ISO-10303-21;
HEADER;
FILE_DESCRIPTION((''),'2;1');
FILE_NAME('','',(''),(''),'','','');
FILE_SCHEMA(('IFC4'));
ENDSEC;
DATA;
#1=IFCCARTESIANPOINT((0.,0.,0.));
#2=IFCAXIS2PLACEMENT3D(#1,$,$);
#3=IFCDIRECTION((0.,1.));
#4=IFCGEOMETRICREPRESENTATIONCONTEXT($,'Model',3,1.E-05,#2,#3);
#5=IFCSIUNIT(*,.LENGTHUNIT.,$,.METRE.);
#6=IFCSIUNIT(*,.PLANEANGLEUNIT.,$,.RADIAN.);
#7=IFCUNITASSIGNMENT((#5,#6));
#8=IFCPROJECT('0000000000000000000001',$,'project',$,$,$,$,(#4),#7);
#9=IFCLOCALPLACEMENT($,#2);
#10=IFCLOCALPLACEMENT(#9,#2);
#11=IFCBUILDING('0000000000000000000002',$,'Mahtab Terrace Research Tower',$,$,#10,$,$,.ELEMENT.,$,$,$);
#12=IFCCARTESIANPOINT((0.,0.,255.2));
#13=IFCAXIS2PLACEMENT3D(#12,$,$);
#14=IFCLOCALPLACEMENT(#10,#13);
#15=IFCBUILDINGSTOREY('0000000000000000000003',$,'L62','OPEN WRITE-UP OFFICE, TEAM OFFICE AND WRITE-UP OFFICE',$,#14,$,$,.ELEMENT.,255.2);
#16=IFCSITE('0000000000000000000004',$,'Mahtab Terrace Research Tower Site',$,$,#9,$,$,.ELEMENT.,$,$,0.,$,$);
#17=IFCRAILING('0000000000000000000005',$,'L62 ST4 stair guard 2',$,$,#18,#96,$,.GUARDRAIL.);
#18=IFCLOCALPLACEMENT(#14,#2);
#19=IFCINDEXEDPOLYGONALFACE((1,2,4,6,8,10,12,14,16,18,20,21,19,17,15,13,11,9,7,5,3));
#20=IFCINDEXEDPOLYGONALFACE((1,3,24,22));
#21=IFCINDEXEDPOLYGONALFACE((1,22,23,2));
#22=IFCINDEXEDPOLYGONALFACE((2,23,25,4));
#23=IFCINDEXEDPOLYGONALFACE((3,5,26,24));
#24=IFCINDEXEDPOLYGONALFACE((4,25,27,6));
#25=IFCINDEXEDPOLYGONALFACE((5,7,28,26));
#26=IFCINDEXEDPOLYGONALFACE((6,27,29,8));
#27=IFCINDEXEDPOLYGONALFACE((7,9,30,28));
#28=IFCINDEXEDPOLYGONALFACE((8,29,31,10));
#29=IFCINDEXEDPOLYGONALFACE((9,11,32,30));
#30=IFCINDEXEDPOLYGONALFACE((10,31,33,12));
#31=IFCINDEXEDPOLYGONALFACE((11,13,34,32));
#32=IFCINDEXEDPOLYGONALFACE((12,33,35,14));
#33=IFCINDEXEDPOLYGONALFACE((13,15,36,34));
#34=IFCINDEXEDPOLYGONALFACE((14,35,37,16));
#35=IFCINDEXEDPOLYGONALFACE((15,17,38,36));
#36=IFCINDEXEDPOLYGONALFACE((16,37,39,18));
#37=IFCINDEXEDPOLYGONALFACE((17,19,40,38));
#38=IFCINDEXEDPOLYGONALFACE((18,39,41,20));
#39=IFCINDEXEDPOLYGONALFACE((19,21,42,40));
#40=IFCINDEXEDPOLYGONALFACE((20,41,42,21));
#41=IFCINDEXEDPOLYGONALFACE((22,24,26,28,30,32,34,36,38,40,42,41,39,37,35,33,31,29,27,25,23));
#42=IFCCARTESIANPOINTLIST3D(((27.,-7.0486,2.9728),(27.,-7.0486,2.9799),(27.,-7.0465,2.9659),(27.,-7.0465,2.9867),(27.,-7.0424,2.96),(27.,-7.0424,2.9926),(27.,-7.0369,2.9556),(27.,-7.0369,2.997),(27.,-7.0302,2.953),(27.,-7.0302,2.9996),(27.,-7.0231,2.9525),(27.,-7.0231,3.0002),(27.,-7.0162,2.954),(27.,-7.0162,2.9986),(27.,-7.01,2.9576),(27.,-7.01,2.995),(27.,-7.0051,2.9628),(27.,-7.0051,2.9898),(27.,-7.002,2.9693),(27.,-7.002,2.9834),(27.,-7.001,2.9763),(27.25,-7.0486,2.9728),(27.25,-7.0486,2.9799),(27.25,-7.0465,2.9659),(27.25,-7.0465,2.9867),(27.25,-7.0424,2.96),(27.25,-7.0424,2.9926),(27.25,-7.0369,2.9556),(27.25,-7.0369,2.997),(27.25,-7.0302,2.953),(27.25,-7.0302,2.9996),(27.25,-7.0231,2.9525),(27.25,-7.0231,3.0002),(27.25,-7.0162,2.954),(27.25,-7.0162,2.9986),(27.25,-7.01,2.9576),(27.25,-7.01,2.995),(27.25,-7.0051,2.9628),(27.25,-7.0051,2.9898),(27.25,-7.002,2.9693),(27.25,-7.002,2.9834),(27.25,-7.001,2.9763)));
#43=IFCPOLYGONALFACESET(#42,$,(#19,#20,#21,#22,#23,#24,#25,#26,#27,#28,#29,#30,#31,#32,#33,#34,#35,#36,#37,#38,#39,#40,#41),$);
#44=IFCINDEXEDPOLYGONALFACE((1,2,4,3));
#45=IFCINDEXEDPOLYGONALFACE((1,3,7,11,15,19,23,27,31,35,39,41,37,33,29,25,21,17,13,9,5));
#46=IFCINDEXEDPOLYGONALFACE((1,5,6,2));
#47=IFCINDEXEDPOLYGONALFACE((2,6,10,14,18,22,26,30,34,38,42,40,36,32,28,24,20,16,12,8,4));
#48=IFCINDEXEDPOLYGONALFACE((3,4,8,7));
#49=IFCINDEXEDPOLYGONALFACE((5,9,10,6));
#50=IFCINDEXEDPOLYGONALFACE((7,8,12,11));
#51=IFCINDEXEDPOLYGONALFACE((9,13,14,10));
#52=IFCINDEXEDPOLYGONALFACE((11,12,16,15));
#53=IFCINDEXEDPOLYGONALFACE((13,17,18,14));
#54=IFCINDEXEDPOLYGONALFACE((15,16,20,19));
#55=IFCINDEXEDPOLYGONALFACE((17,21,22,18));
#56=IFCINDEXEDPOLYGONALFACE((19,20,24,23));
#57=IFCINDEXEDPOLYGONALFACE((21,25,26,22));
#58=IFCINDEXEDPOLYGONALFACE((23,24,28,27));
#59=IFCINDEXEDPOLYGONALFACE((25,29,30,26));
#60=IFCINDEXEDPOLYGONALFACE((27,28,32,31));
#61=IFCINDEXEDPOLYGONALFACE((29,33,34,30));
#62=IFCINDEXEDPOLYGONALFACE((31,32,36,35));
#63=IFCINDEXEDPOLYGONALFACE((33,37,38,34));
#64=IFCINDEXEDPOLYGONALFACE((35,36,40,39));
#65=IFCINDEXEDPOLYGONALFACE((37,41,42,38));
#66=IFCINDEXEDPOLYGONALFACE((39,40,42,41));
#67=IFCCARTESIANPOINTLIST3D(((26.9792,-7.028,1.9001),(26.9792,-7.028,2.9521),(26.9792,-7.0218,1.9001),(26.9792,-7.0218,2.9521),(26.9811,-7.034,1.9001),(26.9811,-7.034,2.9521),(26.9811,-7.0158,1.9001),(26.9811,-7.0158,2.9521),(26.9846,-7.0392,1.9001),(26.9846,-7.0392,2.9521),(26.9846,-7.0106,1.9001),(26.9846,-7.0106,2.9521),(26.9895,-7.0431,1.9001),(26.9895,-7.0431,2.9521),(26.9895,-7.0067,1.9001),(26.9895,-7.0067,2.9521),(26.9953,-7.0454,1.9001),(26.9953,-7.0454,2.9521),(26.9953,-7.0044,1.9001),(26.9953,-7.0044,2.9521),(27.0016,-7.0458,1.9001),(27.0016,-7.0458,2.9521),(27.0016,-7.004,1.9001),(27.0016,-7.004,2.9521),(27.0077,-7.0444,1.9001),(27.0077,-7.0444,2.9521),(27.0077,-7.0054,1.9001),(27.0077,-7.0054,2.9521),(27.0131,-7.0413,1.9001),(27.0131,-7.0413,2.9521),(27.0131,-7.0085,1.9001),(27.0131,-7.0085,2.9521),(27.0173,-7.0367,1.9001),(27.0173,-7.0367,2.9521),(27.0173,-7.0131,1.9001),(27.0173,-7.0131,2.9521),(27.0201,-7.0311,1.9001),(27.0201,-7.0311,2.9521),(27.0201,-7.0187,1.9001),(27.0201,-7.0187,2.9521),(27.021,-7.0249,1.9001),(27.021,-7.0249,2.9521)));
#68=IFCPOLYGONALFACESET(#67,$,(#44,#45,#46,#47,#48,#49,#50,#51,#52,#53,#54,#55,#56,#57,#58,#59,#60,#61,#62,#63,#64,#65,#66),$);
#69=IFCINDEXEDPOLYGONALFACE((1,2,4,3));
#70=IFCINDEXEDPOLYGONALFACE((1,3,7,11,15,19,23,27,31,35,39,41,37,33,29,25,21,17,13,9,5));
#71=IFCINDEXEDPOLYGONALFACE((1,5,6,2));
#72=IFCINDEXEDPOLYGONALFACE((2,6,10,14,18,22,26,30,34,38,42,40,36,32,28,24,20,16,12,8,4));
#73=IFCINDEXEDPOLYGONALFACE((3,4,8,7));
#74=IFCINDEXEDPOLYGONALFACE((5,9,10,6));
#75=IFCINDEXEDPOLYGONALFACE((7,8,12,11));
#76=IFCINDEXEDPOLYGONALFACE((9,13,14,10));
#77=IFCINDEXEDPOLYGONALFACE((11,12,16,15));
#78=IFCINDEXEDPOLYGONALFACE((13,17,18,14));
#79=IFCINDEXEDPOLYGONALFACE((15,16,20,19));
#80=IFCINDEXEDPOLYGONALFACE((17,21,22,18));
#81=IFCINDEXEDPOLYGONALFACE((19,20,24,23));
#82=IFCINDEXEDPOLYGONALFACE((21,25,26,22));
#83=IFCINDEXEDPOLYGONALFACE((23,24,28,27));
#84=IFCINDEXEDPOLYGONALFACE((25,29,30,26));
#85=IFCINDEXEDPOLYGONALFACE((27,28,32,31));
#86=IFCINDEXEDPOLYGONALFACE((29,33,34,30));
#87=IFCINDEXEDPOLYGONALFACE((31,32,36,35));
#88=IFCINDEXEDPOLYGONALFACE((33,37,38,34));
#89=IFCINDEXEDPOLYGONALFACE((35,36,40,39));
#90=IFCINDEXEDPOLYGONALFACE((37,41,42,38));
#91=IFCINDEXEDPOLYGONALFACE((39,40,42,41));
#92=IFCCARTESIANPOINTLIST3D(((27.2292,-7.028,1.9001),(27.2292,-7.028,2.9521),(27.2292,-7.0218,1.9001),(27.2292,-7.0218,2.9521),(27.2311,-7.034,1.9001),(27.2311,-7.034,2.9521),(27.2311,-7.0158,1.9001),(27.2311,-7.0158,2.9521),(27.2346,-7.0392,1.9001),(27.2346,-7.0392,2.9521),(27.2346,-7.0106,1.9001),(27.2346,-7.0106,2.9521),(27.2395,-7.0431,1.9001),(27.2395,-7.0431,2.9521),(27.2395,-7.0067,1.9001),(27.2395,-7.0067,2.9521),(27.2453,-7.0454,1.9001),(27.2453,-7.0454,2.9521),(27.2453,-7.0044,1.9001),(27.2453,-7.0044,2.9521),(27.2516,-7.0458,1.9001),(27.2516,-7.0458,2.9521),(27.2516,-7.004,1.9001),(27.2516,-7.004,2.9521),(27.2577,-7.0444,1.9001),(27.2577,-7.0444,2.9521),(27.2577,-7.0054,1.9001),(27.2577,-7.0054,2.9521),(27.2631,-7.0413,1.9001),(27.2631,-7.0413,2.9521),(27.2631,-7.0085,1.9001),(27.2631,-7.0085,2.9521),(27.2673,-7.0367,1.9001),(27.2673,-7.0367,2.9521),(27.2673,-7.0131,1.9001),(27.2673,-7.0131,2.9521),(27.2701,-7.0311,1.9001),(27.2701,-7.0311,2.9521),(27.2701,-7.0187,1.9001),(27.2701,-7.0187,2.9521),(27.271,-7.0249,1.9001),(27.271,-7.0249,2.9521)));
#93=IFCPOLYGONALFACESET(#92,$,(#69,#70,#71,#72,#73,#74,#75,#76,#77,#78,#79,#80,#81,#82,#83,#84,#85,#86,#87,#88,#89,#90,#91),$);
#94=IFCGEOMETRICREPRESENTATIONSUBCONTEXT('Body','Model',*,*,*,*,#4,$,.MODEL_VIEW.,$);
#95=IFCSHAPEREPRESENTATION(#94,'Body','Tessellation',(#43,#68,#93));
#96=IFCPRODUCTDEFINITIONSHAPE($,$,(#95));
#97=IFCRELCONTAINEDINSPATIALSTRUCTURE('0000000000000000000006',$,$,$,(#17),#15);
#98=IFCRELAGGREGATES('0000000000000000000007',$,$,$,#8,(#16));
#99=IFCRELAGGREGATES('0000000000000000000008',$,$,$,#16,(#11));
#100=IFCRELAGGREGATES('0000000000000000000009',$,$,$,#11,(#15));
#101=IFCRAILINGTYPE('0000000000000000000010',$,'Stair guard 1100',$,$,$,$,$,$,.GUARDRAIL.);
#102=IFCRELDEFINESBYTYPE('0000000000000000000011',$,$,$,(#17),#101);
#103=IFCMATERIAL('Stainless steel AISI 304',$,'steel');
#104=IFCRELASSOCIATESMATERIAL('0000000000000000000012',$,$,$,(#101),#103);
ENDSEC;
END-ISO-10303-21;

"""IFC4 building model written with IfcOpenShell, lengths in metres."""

from ifc_helpers import new_model, si_unit, direction, frame, origin, origin_2d, place, context, subcontext, project, spatial, circle, extrude, material, type_object, element, save


model = new_model("IFC4")

# Units and contexts
model_context = context("Model", 3, precision=1e-05, world=origin(), true_north=direction((0.0, 1.0)))
body_context = subcontext(model_context, "Body", "Model", "MODEL_VIEW")
ifc_project = project(units=[si_unit("LENGTHUNIT", "METRE"), si_unit("PLANEANGLEUNIT", "RADIAN")], contexts=[model_context])

# Site, building, storey
site_placement = place(None, origin())
site = spatial("IfcSite", under=ifc_project, at=site_placement, Name="Mahtab Terrace Research Tower Site", CompositionType="ELEMENT", RefElevation=0.0)
building_placement = place(site_placement, origin())
building = spatial("IfcBuilding", under=site, at=building_placement, Name="Mahtab Terrace Research Tower", CompositionType="ELEMENT")
storey_placement = place(building_placement, frame((0.0, 0.0, 255.2)))
storey = spatial("IfcBuildingStorey", under=building, at=storey_placement, Name="L62", Description="OPEN WRITE-UP OFFICE, TEAM OFFICE AND WRITE-UP OFFICE", CompositionType="ELEMENT", Elevation=255.2)

# Railing
ifc_material_1 = material(Name="Stainless steel AISI 304", Category="steel")
railing_type_1 = type_object("IfcRailingType", Name="Stair guard 1100", PredefinedType="GUARDRAIL", material=ifc_material_1)
railing_1_placement = place(storey_placement, frame((27.0, -7.0249, 1.9001)))
element("IfcRailing", 1, at=railing_1_placement, inside=storey, type_object=railing_type_1, Name="L62 ST4 stair guard 2", PredefinedType="GUARDRAIL", context=body_context, shape_type="SweptSolid", body=[
    extrude(circle(Radius=0.0239, at=origin_2d()), frame((0.0, 0.0, 1.0762), z_axis=(1.0, 0.0, 0.0), x_axis=(0.0, 1.0, 0.0)), (0.0, 0.0, 1.0), 0.25),
    extrude(circle(Radius=0.021, at=origin_2d()), origin(), (0.0, 0.0, 1.0), 1.052),
    extrude(circle(Radius=0.021, at=origin_2d()), frame((0.25, 0.0, 0.0)), (0.0, 0.0, 1.0), 1.052),
])

save(model, "model.ifc")
